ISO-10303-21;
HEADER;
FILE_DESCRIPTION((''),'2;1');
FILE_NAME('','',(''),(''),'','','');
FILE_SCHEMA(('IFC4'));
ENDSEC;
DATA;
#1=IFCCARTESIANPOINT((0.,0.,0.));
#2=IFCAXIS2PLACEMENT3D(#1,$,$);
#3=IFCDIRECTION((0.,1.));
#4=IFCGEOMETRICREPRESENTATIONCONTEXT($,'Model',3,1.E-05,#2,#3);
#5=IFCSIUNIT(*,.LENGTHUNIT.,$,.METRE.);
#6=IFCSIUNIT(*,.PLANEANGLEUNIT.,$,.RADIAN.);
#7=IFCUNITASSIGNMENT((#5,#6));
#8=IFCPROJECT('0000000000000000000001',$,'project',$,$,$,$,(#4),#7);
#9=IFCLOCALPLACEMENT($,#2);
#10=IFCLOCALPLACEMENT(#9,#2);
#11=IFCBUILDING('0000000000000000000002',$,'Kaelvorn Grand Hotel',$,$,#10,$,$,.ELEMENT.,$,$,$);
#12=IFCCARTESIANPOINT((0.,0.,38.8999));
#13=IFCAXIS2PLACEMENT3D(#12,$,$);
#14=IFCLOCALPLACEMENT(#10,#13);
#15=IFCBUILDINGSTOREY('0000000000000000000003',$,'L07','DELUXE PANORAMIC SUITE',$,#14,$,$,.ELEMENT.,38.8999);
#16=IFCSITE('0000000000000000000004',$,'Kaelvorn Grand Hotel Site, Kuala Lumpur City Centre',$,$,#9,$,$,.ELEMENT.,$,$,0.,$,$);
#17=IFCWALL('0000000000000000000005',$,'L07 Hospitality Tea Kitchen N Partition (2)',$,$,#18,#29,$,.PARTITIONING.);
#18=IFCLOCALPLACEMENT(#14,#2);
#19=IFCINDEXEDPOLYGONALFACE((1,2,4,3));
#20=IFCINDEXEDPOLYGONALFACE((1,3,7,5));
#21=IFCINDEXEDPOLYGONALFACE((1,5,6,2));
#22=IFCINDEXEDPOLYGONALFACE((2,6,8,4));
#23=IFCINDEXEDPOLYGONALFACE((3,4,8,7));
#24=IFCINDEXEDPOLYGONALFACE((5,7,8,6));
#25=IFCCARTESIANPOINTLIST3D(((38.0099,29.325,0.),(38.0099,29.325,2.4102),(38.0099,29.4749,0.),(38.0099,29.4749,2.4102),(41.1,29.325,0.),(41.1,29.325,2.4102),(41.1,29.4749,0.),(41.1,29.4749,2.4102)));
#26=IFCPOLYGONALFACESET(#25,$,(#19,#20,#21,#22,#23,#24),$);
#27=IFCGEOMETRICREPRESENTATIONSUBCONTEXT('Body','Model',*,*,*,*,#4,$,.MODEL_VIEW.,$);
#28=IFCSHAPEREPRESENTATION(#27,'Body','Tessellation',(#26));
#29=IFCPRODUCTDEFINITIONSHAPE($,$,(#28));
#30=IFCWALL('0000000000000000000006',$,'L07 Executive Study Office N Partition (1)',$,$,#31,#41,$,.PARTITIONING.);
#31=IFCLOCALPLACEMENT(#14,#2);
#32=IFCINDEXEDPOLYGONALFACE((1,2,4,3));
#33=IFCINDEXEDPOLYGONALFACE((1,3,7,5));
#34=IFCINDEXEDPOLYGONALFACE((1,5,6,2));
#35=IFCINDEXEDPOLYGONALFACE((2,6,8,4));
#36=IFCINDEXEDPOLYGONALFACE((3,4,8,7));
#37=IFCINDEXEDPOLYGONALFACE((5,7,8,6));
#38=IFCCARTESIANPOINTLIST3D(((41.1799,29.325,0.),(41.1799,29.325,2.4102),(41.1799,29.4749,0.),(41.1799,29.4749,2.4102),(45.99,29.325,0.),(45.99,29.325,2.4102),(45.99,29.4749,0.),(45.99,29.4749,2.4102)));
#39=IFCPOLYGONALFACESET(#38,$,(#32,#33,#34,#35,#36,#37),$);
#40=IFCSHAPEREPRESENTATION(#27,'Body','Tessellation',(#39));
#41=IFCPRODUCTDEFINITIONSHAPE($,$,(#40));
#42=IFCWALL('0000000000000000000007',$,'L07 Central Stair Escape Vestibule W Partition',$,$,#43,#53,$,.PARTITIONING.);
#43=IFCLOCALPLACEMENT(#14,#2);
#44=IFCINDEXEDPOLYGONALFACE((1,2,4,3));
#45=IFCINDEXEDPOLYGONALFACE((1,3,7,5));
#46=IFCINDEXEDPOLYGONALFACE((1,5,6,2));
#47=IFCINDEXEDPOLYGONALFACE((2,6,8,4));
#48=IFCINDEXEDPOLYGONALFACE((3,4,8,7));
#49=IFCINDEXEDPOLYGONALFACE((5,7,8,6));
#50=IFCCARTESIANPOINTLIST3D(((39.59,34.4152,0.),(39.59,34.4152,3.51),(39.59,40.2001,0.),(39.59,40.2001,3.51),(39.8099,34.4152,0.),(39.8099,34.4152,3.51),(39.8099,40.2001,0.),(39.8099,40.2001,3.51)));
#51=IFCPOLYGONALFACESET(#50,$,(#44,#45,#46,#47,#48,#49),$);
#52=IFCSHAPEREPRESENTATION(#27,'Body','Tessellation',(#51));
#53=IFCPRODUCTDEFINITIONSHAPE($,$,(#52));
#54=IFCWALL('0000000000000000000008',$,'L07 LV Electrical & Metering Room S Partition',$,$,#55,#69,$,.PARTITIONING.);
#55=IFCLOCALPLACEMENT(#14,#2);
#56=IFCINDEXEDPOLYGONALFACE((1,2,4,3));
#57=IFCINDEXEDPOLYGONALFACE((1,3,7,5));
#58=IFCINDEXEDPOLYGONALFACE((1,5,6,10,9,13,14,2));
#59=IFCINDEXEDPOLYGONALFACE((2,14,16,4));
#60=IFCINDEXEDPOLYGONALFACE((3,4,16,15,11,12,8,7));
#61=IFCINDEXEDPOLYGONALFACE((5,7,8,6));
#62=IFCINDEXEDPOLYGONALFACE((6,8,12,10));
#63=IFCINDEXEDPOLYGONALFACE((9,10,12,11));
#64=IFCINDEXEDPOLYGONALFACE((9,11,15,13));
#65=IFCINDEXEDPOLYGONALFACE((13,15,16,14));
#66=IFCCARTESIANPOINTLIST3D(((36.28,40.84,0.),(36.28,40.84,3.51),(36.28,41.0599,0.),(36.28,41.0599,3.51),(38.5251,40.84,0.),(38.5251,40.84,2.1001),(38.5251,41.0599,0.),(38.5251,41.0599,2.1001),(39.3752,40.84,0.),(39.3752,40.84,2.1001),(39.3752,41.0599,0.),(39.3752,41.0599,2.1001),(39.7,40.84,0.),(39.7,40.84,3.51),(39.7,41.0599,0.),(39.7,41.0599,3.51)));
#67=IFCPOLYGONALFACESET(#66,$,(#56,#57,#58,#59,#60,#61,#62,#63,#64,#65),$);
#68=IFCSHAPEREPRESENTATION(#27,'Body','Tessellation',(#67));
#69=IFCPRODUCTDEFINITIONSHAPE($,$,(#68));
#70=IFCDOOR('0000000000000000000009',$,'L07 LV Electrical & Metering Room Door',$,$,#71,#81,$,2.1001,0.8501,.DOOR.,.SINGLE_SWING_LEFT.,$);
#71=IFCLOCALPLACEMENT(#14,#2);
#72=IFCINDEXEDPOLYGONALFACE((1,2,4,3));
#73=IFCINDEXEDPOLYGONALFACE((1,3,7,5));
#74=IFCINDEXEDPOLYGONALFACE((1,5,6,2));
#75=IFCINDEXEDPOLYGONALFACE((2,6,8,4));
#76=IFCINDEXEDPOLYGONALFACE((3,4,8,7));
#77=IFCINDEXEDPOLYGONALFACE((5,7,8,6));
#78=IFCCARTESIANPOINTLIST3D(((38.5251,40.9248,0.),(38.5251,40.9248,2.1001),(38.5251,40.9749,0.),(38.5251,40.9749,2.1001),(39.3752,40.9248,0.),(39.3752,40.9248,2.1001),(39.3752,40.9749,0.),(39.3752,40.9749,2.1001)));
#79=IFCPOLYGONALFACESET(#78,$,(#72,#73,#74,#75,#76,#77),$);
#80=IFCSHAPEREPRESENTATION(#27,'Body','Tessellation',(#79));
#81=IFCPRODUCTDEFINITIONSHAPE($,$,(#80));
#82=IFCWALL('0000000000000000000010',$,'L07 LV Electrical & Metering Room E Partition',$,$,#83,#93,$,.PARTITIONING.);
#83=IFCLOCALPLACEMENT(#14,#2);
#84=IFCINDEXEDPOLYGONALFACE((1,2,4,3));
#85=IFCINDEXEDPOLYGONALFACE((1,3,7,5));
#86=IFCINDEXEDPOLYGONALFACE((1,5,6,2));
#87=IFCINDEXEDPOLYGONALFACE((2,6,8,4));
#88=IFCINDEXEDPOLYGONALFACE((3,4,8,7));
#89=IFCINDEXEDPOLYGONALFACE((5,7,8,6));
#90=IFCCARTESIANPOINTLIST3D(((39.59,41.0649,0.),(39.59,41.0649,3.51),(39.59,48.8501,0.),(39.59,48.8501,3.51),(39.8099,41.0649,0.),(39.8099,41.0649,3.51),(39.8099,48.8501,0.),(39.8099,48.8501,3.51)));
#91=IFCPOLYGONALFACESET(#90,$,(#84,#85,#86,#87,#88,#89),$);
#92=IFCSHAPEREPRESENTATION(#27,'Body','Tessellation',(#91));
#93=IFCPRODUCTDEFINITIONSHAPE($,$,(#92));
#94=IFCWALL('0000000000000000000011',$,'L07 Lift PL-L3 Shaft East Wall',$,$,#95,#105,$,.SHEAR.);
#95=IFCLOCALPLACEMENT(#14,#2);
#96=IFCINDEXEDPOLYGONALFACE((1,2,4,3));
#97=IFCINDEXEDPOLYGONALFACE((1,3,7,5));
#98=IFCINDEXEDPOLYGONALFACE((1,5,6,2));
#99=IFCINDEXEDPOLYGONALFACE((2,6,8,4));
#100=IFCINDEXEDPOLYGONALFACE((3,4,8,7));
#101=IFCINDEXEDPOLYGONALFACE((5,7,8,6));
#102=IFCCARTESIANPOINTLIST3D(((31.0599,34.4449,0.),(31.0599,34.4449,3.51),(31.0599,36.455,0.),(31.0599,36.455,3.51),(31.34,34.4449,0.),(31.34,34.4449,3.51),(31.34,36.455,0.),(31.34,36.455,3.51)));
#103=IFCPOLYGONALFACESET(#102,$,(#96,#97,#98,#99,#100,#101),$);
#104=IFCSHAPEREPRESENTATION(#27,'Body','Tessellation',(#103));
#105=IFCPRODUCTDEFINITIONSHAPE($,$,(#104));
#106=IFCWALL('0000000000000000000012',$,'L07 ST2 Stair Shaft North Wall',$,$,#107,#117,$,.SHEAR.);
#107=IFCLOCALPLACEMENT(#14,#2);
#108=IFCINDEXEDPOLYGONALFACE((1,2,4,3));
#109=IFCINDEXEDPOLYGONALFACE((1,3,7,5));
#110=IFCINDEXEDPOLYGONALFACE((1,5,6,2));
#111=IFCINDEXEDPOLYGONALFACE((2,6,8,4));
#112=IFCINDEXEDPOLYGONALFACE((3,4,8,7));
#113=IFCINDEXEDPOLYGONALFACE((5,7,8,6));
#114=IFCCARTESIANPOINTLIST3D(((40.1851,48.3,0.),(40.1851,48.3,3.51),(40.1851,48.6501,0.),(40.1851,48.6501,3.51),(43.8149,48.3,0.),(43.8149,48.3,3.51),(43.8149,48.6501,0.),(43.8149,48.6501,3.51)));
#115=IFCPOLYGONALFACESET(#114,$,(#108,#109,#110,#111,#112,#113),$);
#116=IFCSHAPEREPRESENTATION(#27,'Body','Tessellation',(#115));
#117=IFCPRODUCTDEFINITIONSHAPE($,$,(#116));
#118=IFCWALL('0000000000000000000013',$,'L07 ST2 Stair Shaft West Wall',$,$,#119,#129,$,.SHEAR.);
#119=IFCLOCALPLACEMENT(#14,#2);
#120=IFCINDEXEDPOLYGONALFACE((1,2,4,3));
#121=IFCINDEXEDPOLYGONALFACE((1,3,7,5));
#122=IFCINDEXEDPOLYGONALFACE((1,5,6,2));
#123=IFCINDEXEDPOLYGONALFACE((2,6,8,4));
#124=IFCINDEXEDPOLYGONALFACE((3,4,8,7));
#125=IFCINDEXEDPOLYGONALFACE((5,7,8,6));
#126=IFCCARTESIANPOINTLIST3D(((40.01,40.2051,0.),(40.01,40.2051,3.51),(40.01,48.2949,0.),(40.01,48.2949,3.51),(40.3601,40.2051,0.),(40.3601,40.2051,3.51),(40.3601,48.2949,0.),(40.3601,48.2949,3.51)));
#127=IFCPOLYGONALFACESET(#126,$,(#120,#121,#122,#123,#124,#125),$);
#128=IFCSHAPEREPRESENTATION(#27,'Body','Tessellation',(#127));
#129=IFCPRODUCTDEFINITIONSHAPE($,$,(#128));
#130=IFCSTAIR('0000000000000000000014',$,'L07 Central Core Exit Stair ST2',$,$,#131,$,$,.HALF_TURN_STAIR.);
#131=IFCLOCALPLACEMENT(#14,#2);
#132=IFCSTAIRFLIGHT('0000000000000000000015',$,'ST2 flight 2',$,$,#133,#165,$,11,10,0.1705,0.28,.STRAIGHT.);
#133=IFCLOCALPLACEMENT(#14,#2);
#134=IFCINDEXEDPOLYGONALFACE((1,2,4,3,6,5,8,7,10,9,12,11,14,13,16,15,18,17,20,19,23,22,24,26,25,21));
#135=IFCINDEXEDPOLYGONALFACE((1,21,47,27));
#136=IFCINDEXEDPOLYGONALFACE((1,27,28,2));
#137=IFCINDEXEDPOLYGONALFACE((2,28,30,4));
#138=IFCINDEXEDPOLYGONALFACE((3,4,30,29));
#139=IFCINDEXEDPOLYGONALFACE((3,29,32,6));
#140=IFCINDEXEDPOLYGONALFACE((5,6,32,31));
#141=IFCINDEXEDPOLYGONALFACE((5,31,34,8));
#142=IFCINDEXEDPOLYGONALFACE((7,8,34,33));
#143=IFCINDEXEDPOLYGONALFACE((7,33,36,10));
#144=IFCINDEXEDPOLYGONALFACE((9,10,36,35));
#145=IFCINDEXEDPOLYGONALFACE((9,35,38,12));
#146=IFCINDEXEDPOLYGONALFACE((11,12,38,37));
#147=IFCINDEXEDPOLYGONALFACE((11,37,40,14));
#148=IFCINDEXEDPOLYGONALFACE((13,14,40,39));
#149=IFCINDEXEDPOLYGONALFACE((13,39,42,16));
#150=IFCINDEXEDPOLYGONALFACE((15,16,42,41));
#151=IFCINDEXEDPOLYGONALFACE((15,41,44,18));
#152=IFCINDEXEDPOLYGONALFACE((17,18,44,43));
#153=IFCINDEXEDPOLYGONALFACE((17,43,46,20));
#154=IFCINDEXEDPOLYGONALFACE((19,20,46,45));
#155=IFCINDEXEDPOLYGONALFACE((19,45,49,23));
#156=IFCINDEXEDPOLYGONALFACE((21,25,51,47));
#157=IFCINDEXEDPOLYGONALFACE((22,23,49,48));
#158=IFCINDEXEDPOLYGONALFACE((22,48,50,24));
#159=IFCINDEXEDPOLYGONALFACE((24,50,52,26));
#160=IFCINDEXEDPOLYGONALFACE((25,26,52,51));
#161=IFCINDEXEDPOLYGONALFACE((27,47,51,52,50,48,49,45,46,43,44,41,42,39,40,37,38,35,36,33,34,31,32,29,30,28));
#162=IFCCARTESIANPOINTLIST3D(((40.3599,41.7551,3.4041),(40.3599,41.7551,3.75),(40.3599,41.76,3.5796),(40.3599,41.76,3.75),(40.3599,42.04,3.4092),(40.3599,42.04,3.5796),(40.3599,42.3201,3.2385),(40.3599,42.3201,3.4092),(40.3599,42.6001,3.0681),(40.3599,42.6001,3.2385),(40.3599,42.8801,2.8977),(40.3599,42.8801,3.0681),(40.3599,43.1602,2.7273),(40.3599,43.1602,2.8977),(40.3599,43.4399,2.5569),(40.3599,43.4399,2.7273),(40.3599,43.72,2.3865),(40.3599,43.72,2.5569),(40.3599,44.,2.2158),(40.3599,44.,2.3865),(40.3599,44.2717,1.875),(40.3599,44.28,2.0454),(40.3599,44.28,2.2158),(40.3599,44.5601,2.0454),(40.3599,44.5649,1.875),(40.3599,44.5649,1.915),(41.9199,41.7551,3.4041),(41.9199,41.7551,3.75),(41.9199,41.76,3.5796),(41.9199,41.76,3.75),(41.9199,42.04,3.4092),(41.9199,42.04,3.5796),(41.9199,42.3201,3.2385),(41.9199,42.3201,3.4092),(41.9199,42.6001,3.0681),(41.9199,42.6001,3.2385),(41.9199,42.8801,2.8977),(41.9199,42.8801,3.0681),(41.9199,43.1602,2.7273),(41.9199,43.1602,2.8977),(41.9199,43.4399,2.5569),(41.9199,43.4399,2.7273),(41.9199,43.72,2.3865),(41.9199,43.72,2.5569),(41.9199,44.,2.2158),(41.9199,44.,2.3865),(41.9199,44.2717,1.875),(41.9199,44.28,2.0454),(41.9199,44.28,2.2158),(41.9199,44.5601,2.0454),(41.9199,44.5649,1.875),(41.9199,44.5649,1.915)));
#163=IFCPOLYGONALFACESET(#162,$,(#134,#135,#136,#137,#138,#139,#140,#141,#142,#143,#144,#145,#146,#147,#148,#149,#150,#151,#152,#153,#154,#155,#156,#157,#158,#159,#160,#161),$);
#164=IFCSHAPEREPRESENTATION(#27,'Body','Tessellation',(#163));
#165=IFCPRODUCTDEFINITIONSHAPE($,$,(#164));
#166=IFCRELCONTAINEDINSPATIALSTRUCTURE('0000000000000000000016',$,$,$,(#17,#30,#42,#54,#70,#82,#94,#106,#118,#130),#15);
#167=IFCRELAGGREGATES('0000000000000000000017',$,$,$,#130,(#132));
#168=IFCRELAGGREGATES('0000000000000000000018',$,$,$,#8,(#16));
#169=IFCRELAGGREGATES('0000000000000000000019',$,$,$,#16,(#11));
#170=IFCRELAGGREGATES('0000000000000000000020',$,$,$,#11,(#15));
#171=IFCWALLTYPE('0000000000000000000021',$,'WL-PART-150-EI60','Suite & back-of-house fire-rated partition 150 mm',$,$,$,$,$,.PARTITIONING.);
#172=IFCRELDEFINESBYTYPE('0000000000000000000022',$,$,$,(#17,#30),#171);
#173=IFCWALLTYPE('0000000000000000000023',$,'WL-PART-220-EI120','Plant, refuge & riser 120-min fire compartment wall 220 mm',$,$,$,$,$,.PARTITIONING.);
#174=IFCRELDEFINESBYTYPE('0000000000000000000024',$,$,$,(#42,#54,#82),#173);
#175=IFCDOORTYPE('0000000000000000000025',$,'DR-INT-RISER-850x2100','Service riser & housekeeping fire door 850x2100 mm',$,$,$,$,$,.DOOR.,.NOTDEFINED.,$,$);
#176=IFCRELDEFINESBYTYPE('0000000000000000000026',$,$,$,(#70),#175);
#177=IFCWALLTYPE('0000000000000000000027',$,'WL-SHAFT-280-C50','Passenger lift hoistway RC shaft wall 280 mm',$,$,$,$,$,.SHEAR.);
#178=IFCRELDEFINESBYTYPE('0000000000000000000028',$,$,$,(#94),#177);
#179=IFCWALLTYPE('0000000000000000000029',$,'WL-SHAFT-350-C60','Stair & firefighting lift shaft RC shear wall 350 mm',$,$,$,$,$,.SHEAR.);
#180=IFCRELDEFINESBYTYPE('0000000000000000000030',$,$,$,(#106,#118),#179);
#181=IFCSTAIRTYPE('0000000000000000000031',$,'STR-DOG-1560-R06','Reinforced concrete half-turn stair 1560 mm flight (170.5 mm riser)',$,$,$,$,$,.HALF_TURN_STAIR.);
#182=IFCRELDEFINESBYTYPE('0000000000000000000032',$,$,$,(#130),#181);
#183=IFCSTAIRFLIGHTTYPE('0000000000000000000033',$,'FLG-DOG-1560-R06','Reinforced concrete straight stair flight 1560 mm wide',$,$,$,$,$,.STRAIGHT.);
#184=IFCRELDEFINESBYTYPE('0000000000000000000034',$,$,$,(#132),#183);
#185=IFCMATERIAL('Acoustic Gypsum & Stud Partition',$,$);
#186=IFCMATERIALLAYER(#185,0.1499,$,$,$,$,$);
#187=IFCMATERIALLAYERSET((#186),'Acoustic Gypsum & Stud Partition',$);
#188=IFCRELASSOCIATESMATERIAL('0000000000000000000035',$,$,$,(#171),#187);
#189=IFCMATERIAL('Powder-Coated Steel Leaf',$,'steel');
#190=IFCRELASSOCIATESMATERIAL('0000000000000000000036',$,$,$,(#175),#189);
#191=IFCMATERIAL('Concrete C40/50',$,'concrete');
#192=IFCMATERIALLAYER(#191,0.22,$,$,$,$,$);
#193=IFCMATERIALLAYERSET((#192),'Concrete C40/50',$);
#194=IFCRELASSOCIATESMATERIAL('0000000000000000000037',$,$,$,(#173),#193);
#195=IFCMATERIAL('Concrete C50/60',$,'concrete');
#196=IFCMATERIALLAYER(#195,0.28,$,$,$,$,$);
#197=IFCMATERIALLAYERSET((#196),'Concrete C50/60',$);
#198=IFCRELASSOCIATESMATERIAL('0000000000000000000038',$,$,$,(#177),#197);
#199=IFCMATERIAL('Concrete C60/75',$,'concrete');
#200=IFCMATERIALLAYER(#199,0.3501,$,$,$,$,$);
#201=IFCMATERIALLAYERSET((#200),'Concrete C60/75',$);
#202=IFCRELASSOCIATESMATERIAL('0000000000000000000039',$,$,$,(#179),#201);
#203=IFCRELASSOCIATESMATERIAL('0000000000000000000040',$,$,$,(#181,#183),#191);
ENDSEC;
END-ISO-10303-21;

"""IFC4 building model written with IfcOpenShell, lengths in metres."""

from ifc_helpers import new_model, si_unit, direction, frame, frame_2d, origin, place, context, subcontext, project, spatial, polyline, rectangle, outline, extrude, material, layer, layer_set, type_object, element, fill, aggregate, save


model = new_model("IFC4")

# Units and contexts
model_context = context("Model", 3, precision=1e-05, world=origin(), true_north=direction((0.0, 1.0)))
body_context = subcontext(model_context, "Body", "Model", "MODEL_VIEW")
ifc_project = project(units=[si_unit("LENGTHUNIT", "METRE"), si_unit("PLANEANGLEUNIT", "RADIAN")], contexts=[model_context])

# Site, building, storey
site_placement = place(None, origin())
site = spatial("IfcSite", under=ifc_project, at=site_placement, Name="Kaelvorn Grand Hotel Site, Kuala Lumpur City Centre", CompositionType="ELEMENT", RefElevation=0.0)
building_placement = place(site_placement, origin())
building = spatial("IfcBuilding", under=site, at=building_placement, Name="Kaelvorn Grand Hotel", CompositionType="ELEMENT")
storey_placement = place(building_placement, frame((0.0, 0.0, 38.8999)))
storey = spatial("IfcBuildingStorey", under=building, at=storey_placement, Name="L07", Description="DELUXE PANORAMIC SUITE", CompositionType="ELEMENT", Elevation=38.8999)

# Shared definitions
ifc_material_1 = material(Name="Concrete C60/75", Category="concrete")

# Shared definitions
ifc_material_2 = material(Name="Acoustic Gypsum & Stud Partition")
ifc_layer_1 = layer(ifc_material_2, 0.1499)
ifc_layer_set_1 = layer_set([ifc_layer_1], Name="Acoustic Gypsum & Stud Partition")
wall_type_1 = type_object("IfcWallType", Name="WL-PART-150-EI60", Description="Suite & back-of-house fire-rated partition 150 mm", PredefinedType="PARTITIONING", material=ifc_layer_set_1)
ifc_material_3 = material(Name="Powder-Coated Steel Leaf", Category="steel")
door_type_1 = type_object("IfcDoorType", Name="DR-INT-RISER-850x2100", Description="Service riser & housekeeping fire door 850x2100 mm", OperationType="NOTDEFINED", PredefinedType="DOOR", material=ifc_material_3)

# Walls
wall_1_placement = place(storey_placement, frame((38.01, 29.3999, 0.0), z_axis=(0.0, 0.0, 1.0), x_axis=(1.0, 0.0, 0.0)))
element("IfcWall", 1, at=wall_1_placement, inside=storey, type_object=wall_type_1, Name="L07 Hospitality Tea Kitchen N Partition (2)", PredefinedType="PARTITIONING", context=body_context, shape_type="SweptSolid", body=[
    extrude(rectangle(XDim=3.0901, YDim=0.1499, at=frame_2d((1.5449, 0.0))), origin(), (0.0, 0.0, 1.0), 2.4102),
])
wall_2_placement = place(storey_placement, frame((41.1799, 29.3999, 0.0), z_axis=(0.0, 0.0, 1.0), x_axis=(1.0, 0.0, 0.0)))
element("IfcWall", 2, at=wall_2_placement, inside=storey, type_object=wall_type_1, Name="L07 Executive Study Office N Partition (1)", PredefinedType="PARTITIONING", context=body_context, shape_type="SweptSolid", body=[
    extrude(rectangle(XDim=4.8101, YDim=0.1499, at=frame_2d((2.405, 0.0))), origin(), (0.0, 0.0, 1.0), 2.4102),
])

# Shared definitions
ifc_material_4 = material(Name="Concrete C40/50", Category="concrete")
ifc_layer_2 = layer(ifc_material_4, 0.22)
ifc_layer_set_2 = layer_set([ifc_layer_2], Name="Concrete C40/50")
wall_type_2 = type_object("IfcWallType", Name="WL-PART-220-EI120", Description="Plant, refuge & riser 120-min fire compartment wall 220 mm", PredefinedType="PARTITIONING", material=ifc_layer_set_2)

# Wall
wall_3_placement = place(storey_placement, frame((39.7, 34.415, 0.0), z_axis=(0.0, 0.0, 1.0), x_axis=(0.0, 1.0, 0.0)))
element("IfcWall", 3, at=wall_3_placement, inside=storey, type_object=wall_type_2, Name="L07 Central Stair Escape Vestibule W Partition", PredefinedType="PARTITIONING", context=body_context, shape_type="SweptSolid", body=[
    extrude(rectangle(XDim=5.7849, YDim=0.22, at=frame_2d((2.8926, 0.0))), origin(), (0.0, 0.0, 1.0), 3.51),
])

# Wall, opening, door
wall_4_placement = place(storey_placement, frame((36.28, 40.95, 0.0), z_axis=(0.0, 0.0, 1.0), x_axis=(1.0, 0.0, 0.0)))
wall_4 = element("IfcWall", 4, at=wall_4_placement, inside=storey, type_object=wall_type_2, Name="L07 LV Electrical & Metering Room S Partition", PredefinedType="PARTITIONING", context=body_context, shape_type="SweptSolid", body=[
    extrude(rectangle(XDim=3.4199, YDim=0.22, at=frame_2d((1.71, 0.0))), origin(), (0.0, 0.0, 1.0), 3.51),
])
opening_1_placement = place(wall_4_placement, frame((2.2451, 0.0, 0.0)))
opening_1 = element("IfcOpeningElement", 5, at=opening_1_placement, cuts=wall_4, PredefinedType="OPENING", context=body_context, shape_type="SweptSolid", body=[
    extrude(rectangle(XDim=0.8501, YDim=2.1001, at=frame_2d((0.425, 1.05))), frame((0.0, 0.1201, 0.0), z_axis=(0.0, -1.0, 0.0), x_axis=(1.0, 0.0, 0.0)), (0.0, 0.0, 1.0), 0.24),
])
door_1_placement = place(opening_1_placement, origin())
door_1 = element("IfcDoor", 6, at=door_1_placement, inside=storey, type_object=door_type_1, Name="L07 LV Electrical & Metering Room Door", OperationType="SINGLE_SWING_LEFT", OverallHeight=2.1001, OverallWidth=0.8501, PredefinedType="DOOR", context=body_context, shape_type="SweptSolid", body=[
    extrude(rectangle(XDim=0.8501, YDim=2.1001, at=frame_2d((0.425, 1.05))), frame((0.0, 0.0249, 0.0), z_axis=(0.0, -1.0, 0.0), x_axis=(1.0, 0.0, 0.0)), (0.0, 0.0, 1.0), 0.05),
])
fill(opening_1, door_1)

# Walls
wall_5_placement = place(storey_placement, frame((39.7, 41.0649, 0.0), z_axis=(0.0, 0.0, 1.0), x_axis=(0.0, 1.0, 0.0)))
element("IfcWall", 7, at=wall_5_placement, inside=storey, type_object=wall_type_2, Name="L07 LV Electrical & Metering Room E Partition", PredefinedType="PARTITIONING", context=body_context, shape_type="SweptSolid", body=[
    extrude(rectangle(XDim=7.7852, YDim=0.22, at=frame_2d((3.8926, 0.0))), origin(), (0.0, 0.0, 1.0), 3.51),
])
ifc_material_5 = material(Name="Concrete C50/60", Category="concrete")
ifc_layer_3 = layer(ifc_material_5, 0.28)
ifc_layer_set_3 = layer_set([ifc_layer_3], Name="Concrete C50/60")
wall_type_3 = type_object("IfcWallType", Name="WL-SHAFT-280-C50", Description="Passenger lift hoistway RC shaft wall 280 mm", PredefinedType="SHEAR", material=ifc_layer_set_3)
wall_6_placement = place(storey_placement, frame((31.2, 34.4451, 0.0), z_axis=(0.0, 0.0, 1.0), x_axis=(0.0, 1.0, 0.0)))
element("IfcWall", 8, at=wall_6_placement, inside=storey, type_object=wall_type_3, Name="L07 Lift PL-L3 Shaft East Wall", PredefinedType="SHEAR", context=body_context, shape_type="SweptSolid", body=[
    extrude(rectangle(XDim=2.01, YDim=0.28, at=frame_2d((1.0049, 0.0))), origin(), (0.0, 0.0, 1.0), 3.51),
])

# Shared definitions
ifc_layer_4 = layer(ifc_material_1, 0.3501)
ifc_layer_set_4 = layer_set([ifc_layer_4], Name="Concrete C60/75")
wall_type_4 = type_object("IfcWallType", Name="WL-SHAFT-350-C60", Description="Stair & firefighting lift shaft RC shear wall 350 mm", PredefinedType="SHEAR", material=ifc_layer_set_4)

# Walls
wall_7_placement = place(storey_placement, frame((40.1851, 48.4751, 0.0), z_axis=(0.0, 0.0, 1.0), x_axis=(1.0, 0.0, 0.0)))
element("IfcWall", 9, at=wall_7_placement, inside=storey, type_object=wall_type_4, Name="L07 ST2 Stair Shaft North Wall", PredefinedType="SHEAR", context=body_context, shape_type="SweptSolid", body=[
    extrude(rectangle(XDim=3.6299, YDim=0.3501, at=frame_2d((1.8149, 0.0))), origin(), (0.0, 0.0, 1.0), 3.51),
])
wall_8_placement = place(storey_placement, frame((40.1851, 40.2051, 0.0), z_axis=(0.0, 0.0, 1.0), x_axis=(0.0, 1.0, 0.0)))
element("IfcWall", 10, at=wall_8_placement, inside=storey, type_object=wall_type_4, Name="L07 ST2 Stair Shaft West Wall", PredefinedType="SHEAR", context=body_context, shape_type="SweptSolid", body=[
    extrude(rectangle(XDim=8.0898, YDim=0.3501, at=frame_2d((4.0449, 0.0))), origin(), (0.0, 0.0, 1.0), 3.51),
])

# Stair, stair flight
stair_type = type_object("IfcStairType", Name="STR-DOG-1560-R06", Description="Reinforced concrete half-turn stair 1560 mm flight (170.5 mm riser)", PredefinedType="HALF_TURN_STAIR", material=ifc_material_4)
stair_placement = place(storey_placement, origin())
stair = element("IfcStair", 11, at=stair_placement, inside=storey, type_object=stair_type, Name="L07 Central Core Exit Stair ST2", PredefinedType="HALF_TURN_STAIR")
stair_flight_type = type_object("IfcStairFlightType", Name="FLG-DOG-1560-R06", Description="Reinforced concrete straight stair flight 1560 mm wide", PredefinedType="STRAIGHT", material=ifc_material_4)
stair_flight_placement = place(storey_placement, frame((41.1399, 44.5601, 1.875), z_axis=(0.0, 0.0, 1.0), x_axis=(0.0, -1.0, 0.0)))
stair_flight = element("IfcStairFlight", 12, at=stair_flight_placement, type_object=stair_flight_type, Name="ST2 flight 2", NumberOfRisers=11, NumberOfTreads=10, PredefinedType="STRAIGHT", RiserHeight=0.1705, TreadLength=0.28, context=body_context, shape_type="SweptSolid", body=[
    extrude(outline(polyline([(-0.0049, 0.0), (-0.0049, 0.04), (0.0, 0.1704), (0.28, 0.1704), (0.28, 0.3408), (0.5601, 0.3408), (0.5601, 0.5115), (0.8401, 0.5115), (0.8401, 0.6819), (1.1201, 0.6819), (1.1201, 0.8523), (1.3999, 0.8523), (1.3999, 1.0227), (1.6799, 1.0227), (1.6799, 1.1931), (1.96, 1.1931), (1.96, 1.3635), (2.24, 1.3635), (2.24, 1.5342), (2.52, 1.5342), (2.52, 1.7046), (2.8, 1.7046), (2.8, 1.875), (2.8049, 1.875), (2.8049, 1.5291), (0.2883, 0.0), (-0.0049, 0.0)])), frame((0.0, 0.78, 0.0), z_axis=(0.0, -1.0, 0.0), x_axis=(1.0, 0.0, 0.0)), (0.0, 0.0, 1.0), 1.5601),
])
aggregate(stair, [stair_flight])

save(model, "model.ifc")
